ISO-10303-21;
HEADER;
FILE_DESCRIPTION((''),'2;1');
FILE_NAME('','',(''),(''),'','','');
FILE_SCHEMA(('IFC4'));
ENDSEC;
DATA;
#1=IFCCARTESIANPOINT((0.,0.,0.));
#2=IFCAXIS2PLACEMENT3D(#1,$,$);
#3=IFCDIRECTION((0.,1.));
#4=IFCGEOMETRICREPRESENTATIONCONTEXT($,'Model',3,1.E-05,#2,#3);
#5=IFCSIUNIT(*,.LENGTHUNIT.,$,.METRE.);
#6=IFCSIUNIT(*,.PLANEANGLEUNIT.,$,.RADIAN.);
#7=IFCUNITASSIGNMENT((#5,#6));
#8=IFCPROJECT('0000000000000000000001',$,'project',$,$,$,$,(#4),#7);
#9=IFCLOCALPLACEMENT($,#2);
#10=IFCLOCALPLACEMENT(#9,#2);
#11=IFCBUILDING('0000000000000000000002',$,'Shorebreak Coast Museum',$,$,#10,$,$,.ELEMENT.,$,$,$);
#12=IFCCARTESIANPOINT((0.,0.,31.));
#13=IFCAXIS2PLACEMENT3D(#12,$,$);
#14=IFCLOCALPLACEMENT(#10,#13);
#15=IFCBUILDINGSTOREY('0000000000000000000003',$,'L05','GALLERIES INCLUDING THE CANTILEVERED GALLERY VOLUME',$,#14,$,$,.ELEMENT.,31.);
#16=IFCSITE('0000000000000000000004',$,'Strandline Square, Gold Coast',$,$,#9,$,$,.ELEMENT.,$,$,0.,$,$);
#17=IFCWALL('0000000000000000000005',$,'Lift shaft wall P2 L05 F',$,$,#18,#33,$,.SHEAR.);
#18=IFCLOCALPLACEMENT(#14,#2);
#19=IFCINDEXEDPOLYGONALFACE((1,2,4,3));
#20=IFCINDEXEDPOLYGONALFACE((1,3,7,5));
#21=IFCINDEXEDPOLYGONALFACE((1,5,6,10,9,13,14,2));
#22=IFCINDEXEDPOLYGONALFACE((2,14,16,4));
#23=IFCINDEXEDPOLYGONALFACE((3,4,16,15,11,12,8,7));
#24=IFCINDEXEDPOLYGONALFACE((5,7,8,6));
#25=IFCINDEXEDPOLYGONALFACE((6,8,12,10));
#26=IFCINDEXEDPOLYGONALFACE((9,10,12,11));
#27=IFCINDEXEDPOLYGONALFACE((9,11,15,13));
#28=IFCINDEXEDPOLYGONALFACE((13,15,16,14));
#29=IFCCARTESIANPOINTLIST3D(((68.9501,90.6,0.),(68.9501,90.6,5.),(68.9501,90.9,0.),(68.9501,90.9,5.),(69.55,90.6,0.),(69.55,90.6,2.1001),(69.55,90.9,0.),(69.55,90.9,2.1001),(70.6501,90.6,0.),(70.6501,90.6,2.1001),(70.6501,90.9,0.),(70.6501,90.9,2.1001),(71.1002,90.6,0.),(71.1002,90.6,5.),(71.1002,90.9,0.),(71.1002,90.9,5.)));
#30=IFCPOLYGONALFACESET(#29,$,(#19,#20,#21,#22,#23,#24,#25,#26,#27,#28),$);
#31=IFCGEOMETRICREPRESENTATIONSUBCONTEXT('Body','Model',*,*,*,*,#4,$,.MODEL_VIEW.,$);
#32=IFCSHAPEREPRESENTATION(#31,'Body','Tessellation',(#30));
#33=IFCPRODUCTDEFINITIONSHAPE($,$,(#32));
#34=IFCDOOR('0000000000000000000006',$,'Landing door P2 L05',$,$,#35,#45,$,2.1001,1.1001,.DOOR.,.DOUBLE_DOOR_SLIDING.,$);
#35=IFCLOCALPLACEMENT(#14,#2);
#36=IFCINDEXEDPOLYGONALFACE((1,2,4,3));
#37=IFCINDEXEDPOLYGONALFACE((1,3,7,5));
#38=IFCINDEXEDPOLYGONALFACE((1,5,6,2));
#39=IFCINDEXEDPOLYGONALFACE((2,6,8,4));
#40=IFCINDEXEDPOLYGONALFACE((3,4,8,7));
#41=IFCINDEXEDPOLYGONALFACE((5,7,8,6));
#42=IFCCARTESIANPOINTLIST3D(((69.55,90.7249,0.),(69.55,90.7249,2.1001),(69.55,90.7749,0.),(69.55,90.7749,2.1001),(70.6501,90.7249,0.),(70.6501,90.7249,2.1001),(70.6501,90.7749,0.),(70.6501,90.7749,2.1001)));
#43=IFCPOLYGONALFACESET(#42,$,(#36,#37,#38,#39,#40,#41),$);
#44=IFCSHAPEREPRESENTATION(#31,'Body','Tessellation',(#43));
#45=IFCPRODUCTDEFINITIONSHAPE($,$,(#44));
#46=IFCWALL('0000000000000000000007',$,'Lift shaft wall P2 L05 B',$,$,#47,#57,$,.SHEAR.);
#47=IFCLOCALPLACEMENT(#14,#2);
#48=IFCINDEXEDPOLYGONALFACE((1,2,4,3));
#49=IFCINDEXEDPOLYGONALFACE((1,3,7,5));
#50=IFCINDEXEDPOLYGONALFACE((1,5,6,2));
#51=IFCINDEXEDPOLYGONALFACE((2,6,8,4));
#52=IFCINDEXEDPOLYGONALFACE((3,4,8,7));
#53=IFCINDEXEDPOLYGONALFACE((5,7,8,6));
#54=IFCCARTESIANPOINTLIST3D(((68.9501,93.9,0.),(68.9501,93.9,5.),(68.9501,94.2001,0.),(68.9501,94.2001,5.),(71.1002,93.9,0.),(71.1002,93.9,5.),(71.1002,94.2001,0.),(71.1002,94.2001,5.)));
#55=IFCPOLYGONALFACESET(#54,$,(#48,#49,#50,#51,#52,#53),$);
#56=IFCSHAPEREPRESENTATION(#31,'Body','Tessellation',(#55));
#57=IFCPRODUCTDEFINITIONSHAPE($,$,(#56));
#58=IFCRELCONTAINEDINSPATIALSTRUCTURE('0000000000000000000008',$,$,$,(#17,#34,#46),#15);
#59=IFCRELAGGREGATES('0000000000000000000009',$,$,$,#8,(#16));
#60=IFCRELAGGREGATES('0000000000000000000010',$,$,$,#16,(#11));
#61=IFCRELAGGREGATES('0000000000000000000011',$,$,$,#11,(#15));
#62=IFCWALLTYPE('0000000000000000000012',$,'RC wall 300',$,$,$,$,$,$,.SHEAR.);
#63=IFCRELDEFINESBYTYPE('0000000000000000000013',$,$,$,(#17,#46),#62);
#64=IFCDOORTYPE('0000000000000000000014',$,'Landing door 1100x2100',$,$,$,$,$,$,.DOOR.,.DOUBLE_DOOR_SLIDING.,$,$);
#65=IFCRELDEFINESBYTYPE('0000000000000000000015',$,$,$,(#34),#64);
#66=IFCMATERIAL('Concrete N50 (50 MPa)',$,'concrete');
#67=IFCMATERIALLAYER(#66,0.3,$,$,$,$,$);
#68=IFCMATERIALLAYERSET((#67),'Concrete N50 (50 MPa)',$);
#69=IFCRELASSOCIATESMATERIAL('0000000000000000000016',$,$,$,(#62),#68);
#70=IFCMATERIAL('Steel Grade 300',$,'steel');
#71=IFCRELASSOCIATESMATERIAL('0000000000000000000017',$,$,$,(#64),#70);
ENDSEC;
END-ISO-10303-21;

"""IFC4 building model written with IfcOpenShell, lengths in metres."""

from ifc_helpers import new_model, si_unit, direction, frame, frame_2d, origin, place, context, subcontext, project, spatial, rectangle, extrude, material, layer, layer_set, type_object, element, fill, save


model = new_model("IFC4")

# Units and contexts
model_context = context("Model", 3, precision=1e-05, world=origin(), true_north=direction((0.0, 1.0)))
body_context = subcontext(model_context, "Body", "Model", "MODEL_VIEW")
ifc_project = project(units=[si_unit("LENGTHUNIT", "METRE"), si_unit("PLANEANGLEUNIT", "RADIAN")], contexts=[model_context])

# Site, building, storey
site_placement = place(None, origin())
site = spatial("IfcSite", under=ifc_project, at=site_placement, Name="Strandline Square, Gold Coast", CompositionType="ELEMENT", RefElevation=0.0)
building_placement = place(site_placement, origin())
building = spatial("IfcBuilding", under=site, at=building_placement, Name="Shorebreak Coast Museum", CompositionType="ELEMENT")
storey_placement = place(building_placement, frame((0.0, 0.0, 31.0)))
storey = spatial("IfcBuildingStorey", under=building, at=storey_placement, Name="L05", Description="GALLERIES INCLUDING THE CANTILEVERED GALLERY VOLUME", CompositionType="ELEMENT", Elevation=31.0)

# Shared definitions
ifc_material_1 = material(Name="Concrete N50 (50 MPa)", Category="concrete")
ifc_layer_1 = layer(ifc_material_1, 0.3)
ifc_layer_set_1 = layer_set([ifc_layer_1], Name="Concrete N50 (50 MPa)")
wall_type_1 = type_object("IfcWallType", Name="RC wall 300", PredefinedType="SHEAR", material=ifc_layer_set_1)

# Shared definitions
ifc_material_2 = material(Name="Steel Grade 300", Category="steel")
door_type_1 = type_object("IfcDoorType", Name="Landing door 1100x2100", OperationType="DOUBLE_DOOR_SLIDING", PredefinedType="DOOR", material=ifc_material_2)

# Wall, opening, door
wall_1_placement = place(storey_placement, frame((68.95, 90.75, 0.0), z_axis=(0.0, 0.0, 1.0), x_axis=(1.0, 0.0, 0.0)))
wall_1 = element("IfcWall", 1, at=wall_1_placement, inside=storey, type_object=wall_type_1, Name="Lift shaft wall P2 L05 F", PredefinedType="SHEAR", context=body_context, shape_type="SweptSolid", body=[
    extrude(rectangle(XDim=2.1501, YDim=0.3, at=frame_2d((1.0752, 0.0))), origin(), (0.0, 0.0, 1.0), 5.0),
])
opening_1_placement = place(wall_1_placement, frame((0.6001, 0.0, 0.0)))
opening_1 = element("IfcOpeningElement", 2, at=opening_1_placement, cuts=wall_1, PredefinedType="OPENING", context=body_context, shape_type="SweptSolid", body=[
    extrude(rectangle(XDim=1.1001, YDim=2.1001, at=frame_2d((0.55, 1.05))), frame((0.0, 0.1599, 0.0), z_axis=(0.0, -1.0, 0.0), x_axis=(1.0, 0.0, 0.0)), (0.0, 0.0, 1.0), 0.3201),
])
door_1_placement = place(opening_1_placement, origin())
door_1 = element("IfcDoor", 3, at=door_1_placement, inside=storey, type_object=door_type_1, Name="Landing door P2 L05", OperationType="DOUBLE_DOOR_SLIDING", OverallHeight=2.1001, OverallWidth=1.1001, PredefinedType="DOOR", context=body_context, shape_type="SweptSolid", body=[
    extrude(rectangle(XDim=1.1001, YDim=2.1001, at=frame_2d((0.55, 1.05))), frame((0.0, 0.0249, 0.0), z_axis=(0.0, -1.0, 0.0), x_axis=(1.0, 0.0, 0.0)), (0.0, 0.0, 1.0), 0.05),
])
fill(opening_1, door_1)

# Wall
wall_2_placement = place(storey_placement, frame((68.95, 94.05, 0.0), z_axis=(0.0, 0.0, 1.0), x_axis=(1.0, 0.0, 0.0)))
element("IfcWall", 4, at=wall_2_placement, inside=storey, type_object=wall_type_1, Name="Lift shaft wall P2 L05 B", PredefinedType="SHEAR", context=body_context, shape_type="SweptSolid", body=[
    extrude(rectangle(XDim=2.1501, YDim=0.3, at=frame_2d((1.0752, 0.0))), origin(), (0.0, 0.0, 1.0), 5.0),
])

save(model, "model.ifc")
